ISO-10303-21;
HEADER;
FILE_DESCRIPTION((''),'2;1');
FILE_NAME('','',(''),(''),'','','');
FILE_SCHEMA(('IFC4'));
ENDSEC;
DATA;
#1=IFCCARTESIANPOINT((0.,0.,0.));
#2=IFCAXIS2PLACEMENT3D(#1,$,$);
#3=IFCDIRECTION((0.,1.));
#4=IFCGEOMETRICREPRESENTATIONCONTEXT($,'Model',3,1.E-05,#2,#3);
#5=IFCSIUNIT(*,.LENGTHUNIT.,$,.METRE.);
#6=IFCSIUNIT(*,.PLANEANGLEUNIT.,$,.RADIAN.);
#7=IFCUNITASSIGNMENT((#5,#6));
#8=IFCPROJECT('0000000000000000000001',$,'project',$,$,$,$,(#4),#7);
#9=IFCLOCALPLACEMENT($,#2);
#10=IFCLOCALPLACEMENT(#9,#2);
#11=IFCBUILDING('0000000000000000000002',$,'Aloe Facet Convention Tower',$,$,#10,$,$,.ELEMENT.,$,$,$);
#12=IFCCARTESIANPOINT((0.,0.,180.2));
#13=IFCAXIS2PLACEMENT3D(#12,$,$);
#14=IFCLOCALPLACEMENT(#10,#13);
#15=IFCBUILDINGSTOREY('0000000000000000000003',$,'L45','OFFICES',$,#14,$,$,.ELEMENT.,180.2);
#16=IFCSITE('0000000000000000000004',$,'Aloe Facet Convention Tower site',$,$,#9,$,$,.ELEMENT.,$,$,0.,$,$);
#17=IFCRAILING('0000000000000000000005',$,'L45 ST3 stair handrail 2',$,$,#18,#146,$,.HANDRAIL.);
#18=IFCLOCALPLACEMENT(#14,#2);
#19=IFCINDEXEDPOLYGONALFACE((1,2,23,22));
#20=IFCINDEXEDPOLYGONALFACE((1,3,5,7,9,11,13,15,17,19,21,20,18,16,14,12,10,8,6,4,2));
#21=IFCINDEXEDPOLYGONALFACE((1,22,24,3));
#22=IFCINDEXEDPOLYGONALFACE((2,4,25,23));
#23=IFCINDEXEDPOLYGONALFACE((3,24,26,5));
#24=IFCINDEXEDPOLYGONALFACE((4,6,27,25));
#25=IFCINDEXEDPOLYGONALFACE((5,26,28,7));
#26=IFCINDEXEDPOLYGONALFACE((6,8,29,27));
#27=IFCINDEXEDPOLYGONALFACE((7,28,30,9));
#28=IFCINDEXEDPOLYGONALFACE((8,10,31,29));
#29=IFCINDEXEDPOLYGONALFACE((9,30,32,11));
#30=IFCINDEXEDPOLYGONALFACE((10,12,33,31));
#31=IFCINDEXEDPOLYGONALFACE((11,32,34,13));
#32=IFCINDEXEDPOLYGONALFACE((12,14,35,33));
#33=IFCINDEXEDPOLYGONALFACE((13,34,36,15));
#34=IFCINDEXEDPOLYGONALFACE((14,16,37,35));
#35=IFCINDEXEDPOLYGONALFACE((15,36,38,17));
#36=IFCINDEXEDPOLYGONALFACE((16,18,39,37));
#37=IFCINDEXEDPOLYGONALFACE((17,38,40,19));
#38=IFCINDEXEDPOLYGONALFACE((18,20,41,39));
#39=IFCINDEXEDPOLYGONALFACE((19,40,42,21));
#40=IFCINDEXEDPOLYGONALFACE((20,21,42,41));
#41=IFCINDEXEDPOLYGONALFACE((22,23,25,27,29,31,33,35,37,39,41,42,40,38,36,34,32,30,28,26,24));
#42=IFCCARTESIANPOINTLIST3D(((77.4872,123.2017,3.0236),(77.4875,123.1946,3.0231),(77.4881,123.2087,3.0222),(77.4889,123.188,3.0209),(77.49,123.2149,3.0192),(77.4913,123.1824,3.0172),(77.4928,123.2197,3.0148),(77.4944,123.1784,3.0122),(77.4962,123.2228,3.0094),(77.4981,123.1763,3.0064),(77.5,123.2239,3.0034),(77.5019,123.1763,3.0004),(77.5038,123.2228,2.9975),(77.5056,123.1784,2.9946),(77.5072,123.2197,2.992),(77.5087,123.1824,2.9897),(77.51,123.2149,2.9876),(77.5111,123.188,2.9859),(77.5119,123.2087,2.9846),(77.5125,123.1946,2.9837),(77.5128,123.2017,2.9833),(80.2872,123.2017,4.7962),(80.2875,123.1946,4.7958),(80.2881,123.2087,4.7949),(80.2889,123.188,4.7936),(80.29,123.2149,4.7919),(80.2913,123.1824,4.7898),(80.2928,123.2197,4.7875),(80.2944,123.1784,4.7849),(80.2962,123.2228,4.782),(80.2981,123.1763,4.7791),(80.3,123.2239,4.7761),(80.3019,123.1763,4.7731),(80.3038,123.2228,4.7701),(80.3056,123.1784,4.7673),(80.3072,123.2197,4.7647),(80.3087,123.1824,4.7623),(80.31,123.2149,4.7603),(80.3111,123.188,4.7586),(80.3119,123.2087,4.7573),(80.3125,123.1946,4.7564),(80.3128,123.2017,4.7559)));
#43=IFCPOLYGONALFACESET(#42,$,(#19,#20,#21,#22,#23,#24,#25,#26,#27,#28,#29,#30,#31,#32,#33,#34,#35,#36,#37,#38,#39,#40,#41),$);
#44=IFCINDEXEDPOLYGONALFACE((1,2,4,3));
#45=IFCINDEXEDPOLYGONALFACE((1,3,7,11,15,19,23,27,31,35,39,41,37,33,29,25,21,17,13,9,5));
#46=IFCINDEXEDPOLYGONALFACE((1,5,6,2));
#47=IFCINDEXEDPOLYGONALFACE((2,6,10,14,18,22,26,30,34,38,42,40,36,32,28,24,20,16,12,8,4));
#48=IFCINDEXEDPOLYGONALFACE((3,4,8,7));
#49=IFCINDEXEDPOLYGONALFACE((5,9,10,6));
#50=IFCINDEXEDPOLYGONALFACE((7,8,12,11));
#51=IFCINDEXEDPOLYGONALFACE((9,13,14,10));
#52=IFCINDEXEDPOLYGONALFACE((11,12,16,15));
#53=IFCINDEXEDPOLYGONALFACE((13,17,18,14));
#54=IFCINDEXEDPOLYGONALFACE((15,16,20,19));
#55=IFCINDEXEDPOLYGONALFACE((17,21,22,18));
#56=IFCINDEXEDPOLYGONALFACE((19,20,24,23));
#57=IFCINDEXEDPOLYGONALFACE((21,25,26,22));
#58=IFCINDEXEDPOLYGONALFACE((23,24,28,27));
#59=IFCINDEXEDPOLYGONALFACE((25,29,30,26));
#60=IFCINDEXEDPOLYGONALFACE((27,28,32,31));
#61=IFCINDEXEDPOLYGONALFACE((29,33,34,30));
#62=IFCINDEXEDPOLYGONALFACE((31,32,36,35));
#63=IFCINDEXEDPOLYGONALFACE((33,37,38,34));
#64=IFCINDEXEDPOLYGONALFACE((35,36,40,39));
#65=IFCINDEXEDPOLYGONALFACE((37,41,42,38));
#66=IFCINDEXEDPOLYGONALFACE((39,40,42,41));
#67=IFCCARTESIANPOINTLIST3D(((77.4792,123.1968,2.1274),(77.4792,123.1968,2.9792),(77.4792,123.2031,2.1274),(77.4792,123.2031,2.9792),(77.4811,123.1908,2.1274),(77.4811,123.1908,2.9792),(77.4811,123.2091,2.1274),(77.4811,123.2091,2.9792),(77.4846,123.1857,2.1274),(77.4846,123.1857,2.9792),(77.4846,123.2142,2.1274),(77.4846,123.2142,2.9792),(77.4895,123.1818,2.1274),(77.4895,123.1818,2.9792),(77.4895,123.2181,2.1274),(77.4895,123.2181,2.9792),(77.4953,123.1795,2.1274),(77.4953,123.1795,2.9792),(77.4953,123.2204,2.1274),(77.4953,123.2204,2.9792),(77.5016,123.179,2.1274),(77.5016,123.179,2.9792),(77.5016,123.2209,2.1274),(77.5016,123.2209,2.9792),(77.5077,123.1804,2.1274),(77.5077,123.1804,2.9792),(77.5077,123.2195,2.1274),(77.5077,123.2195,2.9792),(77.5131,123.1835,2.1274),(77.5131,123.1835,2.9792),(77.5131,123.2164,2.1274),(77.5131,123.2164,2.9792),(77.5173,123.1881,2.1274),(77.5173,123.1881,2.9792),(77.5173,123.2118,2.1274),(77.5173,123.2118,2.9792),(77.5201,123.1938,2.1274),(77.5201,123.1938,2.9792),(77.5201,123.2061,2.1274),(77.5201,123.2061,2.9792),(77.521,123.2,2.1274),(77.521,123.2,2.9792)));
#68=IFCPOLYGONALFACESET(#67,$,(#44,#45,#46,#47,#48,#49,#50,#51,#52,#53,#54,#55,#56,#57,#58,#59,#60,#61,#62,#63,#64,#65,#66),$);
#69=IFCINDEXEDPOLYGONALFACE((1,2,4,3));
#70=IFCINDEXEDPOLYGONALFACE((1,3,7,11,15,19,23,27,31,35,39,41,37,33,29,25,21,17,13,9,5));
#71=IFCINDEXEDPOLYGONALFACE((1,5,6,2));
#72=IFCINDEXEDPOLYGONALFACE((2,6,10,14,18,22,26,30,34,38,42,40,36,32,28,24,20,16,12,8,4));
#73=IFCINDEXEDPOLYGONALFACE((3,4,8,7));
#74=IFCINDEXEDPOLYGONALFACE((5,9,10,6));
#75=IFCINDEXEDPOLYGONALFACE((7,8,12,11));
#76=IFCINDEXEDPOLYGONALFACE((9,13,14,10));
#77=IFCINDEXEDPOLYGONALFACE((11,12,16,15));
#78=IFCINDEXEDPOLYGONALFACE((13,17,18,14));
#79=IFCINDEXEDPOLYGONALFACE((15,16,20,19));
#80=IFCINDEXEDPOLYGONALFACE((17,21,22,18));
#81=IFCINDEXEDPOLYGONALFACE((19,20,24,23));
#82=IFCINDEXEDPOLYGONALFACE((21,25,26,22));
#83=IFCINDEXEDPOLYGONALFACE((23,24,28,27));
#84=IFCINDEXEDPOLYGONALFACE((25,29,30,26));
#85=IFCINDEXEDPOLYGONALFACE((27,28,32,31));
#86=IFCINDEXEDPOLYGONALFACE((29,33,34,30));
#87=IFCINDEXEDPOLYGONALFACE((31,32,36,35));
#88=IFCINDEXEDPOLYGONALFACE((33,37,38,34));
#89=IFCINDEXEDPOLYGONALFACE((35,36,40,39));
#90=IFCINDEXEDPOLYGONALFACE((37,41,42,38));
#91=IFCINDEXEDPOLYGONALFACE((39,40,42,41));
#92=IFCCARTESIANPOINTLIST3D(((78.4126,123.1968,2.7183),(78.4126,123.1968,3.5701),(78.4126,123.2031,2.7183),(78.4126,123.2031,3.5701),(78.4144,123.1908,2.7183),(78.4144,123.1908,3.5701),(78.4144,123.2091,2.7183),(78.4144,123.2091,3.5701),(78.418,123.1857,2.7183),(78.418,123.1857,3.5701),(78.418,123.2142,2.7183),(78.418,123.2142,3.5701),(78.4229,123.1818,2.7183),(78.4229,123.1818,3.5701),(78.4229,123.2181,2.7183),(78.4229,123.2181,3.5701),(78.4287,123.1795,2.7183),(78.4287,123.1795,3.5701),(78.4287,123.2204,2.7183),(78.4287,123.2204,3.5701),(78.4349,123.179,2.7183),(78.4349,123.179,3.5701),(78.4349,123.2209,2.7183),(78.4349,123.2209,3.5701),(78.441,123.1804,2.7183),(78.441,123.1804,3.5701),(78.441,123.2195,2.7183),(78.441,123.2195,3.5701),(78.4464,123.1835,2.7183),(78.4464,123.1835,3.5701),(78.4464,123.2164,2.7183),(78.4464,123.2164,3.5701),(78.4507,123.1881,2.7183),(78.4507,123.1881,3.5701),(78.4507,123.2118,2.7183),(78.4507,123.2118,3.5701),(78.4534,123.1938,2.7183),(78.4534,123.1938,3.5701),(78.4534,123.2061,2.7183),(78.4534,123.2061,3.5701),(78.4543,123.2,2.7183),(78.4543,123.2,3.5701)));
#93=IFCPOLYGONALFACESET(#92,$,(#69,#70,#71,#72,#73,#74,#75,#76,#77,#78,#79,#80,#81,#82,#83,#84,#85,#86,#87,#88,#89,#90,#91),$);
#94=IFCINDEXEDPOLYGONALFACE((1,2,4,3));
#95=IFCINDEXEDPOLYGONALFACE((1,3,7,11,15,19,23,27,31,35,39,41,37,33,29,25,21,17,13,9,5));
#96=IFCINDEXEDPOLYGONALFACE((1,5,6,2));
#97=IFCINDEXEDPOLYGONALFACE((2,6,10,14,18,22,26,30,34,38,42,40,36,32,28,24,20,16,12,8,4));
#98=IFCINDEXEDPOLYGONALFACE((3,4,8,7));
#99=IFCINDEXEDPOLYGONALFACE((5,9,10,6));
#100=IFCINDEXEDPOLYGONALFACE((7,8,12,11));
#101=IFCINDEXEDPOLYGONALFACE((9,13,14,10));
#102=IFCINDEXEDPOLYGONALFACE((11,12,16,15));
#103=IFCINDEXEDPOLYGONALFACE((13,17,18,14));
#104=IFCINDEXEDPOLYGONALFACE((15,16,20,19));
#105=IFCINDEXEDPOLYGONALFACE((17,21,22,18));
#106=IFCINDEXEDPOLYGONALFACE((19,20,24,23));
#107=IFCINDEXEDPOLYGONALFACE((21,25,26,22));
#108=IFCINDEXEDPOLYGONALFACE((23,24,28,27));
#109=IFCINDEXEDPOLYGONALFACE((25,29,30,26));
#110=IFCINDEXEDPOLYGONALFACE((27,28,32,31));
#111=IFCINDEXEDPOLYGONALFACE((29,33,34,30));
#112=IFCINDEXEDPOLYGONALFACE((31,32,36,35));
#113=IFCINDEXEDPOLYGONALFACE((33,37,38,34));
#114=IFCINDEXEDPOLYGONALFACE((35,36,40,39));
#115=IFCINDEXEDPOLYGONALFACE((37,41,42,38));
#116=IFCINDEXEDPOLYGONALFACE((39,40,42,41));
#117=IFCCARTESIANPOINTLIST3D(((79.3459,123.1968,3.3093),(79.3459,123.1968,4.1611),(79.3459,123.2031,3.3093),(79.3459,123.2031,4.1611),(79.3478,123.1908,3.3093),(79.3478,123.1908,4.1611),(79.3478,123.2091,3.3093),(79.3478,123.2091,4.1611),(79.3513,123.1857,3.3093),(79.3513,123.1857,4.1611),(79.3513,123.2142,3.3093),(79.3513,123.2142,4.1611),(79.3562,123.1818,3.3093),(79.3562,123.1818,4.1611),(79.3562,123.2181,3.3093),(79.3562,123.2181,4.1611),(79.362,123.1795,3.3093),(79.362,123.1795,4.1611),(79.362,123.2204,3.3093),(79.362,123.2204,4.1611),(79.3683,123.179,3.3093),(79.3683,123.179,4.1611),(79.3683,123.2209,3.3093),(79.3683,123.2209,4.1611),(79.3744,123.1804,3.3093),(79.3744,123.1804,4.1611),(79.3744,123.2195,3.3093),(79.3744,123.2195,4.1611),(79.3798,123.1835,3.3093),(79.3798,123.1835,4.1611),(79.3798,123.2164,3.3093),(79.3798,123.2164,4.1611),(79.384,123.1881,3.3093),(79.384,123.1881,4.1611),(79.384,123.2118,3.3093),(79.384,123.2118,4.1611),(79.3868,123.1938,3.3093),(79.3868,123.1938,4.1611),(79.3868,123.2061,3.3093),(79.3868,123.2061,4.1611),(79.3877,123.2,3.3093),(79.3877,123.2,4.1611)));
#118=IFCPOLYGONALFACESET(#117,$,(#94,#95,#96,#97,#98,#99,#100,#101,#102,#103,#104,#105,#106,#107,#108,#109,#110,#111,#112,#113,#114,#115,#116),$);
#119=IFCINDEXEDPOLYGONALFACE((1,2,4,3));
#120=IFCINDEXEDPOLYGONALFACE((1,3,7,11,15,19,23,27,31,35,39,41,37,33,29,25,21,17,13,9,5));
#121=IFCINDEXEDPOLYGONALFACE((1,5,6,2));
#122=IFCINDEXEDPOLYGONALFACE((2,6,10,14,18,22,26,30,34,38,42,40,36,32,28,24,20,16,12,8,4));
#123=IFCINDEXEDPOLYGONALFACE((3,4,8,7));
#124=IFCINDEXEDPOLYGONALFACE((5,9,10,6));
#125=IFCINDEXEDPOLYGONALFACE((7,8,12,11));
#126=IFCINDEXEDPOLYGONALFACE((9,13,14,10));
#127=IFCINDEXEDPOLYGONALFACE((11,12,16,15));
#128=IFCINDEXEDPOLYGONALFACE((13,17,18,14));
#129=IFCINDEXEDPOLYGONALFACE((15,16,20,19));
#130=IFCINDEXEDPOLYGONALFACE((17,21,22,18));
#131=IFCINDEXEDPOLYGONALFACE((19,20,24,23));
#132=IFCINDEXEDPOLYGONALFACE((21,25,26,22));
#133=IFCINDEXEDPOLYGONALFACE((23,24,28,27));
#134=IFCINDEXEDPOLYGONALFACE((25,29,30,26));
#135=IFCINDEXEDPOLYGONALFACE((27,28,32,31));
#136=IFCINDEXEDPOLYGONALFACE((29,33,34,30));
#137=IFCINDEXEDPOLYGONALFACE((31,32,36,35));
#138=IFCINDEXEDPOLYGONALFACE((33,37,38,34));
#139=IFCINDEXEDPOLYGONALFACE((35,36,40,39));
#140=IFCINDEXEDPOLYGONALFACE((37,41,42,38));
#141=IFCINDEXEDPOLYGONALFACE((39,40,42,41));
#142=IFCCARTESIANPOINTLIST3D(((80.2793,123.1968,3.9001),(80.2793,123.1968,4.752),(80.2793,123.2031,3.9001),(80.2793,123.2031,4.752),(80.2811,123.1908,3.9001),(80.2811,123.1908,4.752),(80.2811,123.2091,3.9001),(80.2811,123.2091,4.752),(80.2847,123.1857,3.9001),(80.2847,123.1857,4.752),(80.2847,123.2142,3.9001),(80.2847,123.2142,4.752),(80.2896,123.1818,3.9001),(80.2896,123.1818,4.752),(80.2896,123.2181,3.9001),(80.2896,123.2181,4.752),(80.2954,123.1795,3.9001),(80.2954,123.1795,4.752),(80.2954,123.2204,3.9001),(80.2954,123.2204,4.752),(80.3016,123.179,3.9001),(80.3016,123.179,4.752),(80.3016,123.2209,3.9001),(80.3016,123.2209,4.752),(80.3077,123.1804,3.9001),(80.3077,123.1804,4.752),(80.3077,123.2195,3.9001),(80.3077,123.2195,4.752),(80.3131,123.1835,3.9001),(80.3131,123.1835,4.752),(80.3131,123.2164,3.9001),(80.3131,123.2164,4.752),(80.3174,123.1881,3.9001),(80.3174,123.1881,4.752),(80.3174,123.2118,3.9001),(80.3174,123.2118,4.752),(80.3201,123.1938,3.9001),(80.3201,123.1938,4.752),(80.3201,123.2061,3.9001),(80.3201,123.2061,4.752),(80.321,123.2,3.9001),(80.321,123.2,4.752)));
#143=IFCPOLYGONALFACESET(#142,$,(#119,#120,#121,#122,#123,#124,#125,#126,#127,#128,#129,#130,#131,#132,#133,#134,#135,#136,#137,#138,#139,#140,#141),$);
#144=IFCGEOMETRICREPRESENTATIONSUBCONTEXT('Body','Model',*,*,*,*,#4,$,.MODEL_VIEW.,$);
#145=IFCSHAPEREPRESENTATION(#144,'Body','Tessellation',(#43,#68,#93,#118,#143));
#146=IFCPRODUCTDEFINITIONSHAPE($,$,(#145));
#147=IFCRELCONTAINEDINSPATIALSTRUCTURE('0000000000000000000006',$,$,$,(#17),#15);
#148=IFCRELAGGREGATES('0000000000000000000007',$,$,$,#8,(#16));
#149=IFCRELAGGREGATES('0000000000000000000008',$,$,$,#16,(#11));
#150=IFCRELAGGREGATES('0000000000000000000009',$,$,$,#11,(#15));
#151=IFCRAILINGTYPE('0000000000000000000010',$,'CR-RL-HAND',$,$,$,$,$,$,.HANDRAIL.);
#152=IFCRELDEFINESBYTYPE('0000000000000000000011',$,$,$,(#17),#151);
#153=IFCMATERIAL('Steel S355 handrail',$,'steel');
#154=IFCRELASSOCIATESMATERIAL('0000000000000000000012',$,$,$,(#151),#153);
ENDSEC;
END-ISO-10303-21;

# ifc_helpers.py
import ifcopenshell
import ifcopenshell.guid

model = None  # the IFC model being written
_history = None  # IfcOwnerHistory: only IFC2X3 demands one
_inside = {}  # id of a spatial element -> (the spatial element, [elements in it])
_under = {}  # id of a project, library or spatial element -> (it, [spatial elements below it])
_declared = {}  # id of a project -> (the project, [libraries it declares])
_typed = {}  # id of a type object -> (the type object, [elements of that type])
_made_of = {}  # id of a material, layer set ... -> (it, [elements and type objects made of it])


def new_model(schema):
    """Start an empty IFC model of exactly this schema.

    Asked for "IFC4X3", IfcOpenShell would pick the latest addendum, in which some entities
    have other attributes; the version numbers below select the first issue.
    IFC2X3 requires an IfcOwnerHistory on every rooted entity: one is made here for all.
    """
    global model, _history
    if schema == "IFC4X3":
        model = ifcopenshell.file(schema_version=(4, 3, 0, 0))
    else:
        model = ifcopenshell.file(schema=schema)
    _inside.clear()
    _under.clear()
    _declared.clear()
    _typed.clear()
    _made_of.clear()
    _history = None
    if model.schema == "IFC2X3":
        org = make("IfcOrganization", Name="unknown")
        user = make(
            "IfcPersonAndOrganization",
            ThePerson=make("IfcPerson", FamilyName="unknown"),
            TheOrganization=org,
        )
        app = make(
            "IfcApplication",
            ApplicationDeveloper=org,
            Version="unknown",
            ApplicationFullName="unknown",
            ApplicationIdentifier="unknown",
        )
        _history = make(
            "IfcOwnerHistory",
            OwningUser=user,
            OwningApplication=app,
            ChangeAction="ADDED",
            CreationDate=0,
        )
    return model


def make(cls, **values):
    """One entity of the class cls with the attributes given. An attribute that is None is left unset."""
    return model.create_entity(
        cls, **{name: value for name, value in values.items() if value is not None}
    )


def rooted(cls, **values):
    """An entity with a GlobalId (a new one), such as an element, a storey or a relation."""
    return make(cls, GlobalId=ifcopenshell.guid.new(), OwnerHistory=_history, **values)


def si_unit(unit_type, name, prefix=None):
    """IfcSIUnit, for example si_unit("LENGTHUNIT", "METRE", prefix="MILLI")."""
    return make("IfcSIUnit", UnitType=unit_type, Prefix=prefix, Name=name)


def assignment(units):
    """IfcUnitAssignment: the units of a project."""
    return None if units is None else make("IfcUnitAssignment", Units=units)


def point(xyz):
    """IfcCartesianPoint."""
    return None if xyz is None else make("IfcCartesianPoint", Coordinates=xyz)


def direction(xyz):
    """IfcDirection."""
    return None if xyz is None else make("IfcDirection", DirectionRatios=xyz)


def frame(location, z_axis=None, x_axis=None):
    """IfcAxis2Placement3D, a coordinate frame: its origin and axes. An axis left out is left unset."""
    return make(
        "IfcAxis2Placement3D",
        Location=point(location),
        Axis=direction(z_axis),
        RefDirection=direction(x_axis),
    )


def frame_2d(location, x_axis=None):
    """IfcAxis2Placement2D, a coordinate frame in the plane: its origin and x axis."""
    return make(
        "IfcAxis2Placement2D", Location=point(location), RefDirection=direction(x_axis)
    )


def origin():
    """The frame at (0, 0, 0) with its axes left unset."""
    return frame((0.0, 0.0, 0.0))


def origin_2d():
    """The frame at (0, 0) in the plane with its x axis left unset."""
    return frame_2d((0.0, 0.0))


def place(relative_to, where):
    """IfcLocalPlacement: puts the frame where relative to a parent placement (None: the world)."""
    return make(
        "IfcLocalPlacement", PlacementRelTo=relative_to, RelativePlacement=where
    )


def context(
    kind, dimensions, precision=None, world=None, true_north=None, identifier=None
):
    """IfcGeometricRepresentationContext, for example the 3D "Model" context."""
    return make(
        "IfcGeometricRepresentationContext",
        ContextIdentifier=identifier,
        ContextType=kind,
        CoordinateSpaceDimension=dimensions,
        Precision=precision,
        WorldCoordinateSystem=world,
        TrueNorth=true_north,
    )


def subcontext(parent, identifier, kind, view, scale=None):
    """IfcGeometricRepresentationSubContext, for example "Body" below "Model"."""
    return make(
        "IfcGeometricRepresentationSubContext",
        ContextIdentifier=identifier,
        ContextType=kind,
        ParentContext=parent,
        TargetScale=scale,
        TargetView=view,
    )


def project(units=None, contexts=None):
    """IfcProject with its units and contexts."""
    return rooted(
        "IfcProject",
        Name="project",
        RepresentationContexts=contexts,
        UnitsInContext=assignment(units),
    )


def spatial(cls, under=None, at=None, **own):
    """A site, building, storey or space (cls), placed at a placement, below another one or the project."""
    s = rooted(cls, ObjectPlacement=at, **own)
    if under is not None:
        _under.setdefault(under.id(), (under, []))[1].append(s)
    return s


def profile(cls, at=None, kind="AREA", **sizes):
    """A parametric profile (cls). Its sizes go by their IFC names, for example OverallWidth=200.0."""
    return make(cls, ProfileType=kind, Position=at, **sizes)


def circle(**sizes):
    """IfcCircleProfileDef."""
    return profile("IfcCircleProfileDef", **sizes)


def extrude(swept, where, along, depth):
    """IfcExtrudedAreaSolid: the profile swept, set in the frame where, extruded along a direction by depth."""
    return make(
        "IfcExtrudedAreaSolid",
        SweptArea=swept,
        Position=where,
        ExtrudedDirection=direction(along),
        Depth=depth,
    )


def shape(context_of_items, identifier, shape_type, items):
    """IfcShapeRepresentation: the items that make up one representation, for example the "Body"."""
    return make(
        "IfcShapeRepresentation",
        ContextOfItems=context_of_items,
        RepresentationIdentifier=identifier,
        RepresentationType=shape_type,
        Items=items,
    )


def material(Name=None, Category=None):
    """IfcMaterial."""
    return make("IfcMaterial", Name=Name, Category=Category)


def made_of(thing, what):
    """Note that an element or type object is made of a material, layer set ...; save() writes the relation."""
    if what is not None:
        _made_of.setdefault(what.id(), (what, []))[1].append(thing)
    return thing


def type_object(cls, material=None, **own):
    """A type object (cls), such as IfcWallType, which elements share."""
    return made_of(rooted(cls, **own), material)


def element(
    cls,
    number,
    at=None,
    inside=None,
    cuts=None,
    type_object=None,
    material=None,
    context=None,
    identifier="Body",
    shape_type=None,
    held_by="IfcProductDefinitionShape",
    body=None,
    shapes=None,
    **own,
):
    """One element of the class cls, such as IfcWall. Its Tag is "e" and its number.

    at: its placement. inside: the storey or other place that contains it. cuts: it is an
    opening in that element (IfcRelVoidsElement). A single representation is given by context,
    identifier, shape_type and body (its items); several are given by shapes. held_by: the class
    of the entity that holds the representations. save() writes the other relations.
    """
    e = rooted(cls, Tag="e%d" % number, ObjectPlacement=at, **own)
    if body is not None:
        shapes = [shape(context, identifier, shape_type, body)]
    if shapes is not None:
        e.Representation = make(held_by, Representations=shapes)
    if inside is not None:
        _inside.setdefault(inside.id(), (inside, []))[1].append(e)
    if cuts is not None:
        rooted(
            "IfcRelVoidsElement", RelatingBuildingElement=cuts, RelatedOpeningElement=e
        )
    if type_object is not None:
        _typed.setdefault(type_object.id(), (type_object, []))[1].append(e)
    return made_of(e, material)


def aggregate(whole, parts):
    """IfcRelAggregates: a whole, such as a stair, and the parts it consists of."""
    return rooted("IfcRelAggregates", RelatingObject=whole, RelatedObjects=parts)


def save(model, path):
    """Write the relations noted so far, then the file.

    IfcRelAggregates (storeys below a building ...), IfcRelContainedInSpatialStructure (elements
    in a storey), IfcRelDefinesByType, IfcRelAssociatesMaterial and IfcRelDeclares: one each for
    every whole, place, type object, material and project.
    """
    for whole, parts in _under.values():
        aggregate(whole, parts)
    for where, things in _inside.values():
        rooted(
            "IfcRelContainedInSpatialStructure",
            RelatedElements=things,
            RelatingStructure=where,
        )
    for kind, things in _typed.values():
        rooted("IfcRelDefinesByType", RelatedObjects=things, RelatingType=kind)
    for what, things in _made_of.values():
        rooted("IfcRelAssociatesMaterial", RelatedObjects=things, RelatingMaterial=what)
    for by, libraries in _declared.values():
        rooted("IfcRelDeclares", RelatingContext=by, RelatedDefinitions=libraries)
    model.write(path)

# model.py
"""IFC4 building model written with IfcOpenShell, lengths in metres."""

from ifc_helpers import new_model, si_unit, direction, frame, origin, origin_2d, place, context, subcontext, project, spatial, circle, extrude, material, type_object, element, save


model = new_model("IFC4")

# Units and contexts
model_context = context("Model", 3, precision=1e-05, world=origin(), true_north=direction((0.0, 1.0)))
body_context = subcontext(model_context, "Body", "Model", "MODEL_VIEW")
ifc_project = project(units=[si_unit("LENGTHUNIT", "METRE"), si_unit("PLANEANGLEUNIT", "RADIAN")], contexts=[model_context])

# Site, building, storey
site_placement = place(None, origin())
site = spatial("IfcSite", under=ifc_project, at=site_placement, Name="Aloe Facet Convention Tower site", CompositionType="ELEMENT", RefElevation=0.0)
building_placement = place(site_placement, origin())
building = spatial("IfcBuilding", under=site, at=building_placement, Name="Aloe Facet Convention Tower", CompositionType="ELEMENT")
storey_placement = place(building_placement, frame((0.0, 0.0, 180.2)))
storey = spatial("IfcBuildingStorey", under=building, at=storey_placement, Name="L45", Description="OFFICES", CompositionType="ELEMENT", Elevation=180.2)

# Railing
ifc_material_1 = material(Name="Steel S355 handrail", Category="steel")
railing_type = type_object("IfcRailingType", Name="CR-RL-HAND", PredefinedType="HANDRAIL", material=ifc_material_1)
railing_placement = place(storey_placement, frame((77.5, 123.2, 2.1274)))
element("IfcRailing", 1, at=railing_placement, inside=storey, type_object=railing_type, Name="L45 ST3 stair handrail 2", PredefinedType="HANDRAIL", context=body_context, shape_type="SweptSolid", body=[
    extrude(circle(Radius=0.0239, at=origin_2d()), frame((0.0, 0.0, 0.876), z_axis=(0.844909, 0.0, 0.53491), x_axis=(0.0, 1.0, 0.0)), (0.0, 0.0, 1.0), 3.314),
    extrude(circle(Radius=0.021, at=origin_2d()), origin(), (0.0, 0.0, 1.0), 0.8518),
    extrude(circle(Radius=0.021, at=origin_2d()), frame((0.9333, 0.0, 0.5908)), (0.0, 0.0, 1.0), 0.8518),
    extrude(circle(Radius=0.021, at=origin_2d()), frame((1.8667, 0.0, 1.1819)), (0.0, 0.0, 1.0), 0.8518),
    extrude(circle(Radius=0.021, at=origin_2d()), frame((2.8, 0.0, 1.7727)), (0.0, 0.0, 1.0), 0.8518),
])

save(model, "model.ifc")
